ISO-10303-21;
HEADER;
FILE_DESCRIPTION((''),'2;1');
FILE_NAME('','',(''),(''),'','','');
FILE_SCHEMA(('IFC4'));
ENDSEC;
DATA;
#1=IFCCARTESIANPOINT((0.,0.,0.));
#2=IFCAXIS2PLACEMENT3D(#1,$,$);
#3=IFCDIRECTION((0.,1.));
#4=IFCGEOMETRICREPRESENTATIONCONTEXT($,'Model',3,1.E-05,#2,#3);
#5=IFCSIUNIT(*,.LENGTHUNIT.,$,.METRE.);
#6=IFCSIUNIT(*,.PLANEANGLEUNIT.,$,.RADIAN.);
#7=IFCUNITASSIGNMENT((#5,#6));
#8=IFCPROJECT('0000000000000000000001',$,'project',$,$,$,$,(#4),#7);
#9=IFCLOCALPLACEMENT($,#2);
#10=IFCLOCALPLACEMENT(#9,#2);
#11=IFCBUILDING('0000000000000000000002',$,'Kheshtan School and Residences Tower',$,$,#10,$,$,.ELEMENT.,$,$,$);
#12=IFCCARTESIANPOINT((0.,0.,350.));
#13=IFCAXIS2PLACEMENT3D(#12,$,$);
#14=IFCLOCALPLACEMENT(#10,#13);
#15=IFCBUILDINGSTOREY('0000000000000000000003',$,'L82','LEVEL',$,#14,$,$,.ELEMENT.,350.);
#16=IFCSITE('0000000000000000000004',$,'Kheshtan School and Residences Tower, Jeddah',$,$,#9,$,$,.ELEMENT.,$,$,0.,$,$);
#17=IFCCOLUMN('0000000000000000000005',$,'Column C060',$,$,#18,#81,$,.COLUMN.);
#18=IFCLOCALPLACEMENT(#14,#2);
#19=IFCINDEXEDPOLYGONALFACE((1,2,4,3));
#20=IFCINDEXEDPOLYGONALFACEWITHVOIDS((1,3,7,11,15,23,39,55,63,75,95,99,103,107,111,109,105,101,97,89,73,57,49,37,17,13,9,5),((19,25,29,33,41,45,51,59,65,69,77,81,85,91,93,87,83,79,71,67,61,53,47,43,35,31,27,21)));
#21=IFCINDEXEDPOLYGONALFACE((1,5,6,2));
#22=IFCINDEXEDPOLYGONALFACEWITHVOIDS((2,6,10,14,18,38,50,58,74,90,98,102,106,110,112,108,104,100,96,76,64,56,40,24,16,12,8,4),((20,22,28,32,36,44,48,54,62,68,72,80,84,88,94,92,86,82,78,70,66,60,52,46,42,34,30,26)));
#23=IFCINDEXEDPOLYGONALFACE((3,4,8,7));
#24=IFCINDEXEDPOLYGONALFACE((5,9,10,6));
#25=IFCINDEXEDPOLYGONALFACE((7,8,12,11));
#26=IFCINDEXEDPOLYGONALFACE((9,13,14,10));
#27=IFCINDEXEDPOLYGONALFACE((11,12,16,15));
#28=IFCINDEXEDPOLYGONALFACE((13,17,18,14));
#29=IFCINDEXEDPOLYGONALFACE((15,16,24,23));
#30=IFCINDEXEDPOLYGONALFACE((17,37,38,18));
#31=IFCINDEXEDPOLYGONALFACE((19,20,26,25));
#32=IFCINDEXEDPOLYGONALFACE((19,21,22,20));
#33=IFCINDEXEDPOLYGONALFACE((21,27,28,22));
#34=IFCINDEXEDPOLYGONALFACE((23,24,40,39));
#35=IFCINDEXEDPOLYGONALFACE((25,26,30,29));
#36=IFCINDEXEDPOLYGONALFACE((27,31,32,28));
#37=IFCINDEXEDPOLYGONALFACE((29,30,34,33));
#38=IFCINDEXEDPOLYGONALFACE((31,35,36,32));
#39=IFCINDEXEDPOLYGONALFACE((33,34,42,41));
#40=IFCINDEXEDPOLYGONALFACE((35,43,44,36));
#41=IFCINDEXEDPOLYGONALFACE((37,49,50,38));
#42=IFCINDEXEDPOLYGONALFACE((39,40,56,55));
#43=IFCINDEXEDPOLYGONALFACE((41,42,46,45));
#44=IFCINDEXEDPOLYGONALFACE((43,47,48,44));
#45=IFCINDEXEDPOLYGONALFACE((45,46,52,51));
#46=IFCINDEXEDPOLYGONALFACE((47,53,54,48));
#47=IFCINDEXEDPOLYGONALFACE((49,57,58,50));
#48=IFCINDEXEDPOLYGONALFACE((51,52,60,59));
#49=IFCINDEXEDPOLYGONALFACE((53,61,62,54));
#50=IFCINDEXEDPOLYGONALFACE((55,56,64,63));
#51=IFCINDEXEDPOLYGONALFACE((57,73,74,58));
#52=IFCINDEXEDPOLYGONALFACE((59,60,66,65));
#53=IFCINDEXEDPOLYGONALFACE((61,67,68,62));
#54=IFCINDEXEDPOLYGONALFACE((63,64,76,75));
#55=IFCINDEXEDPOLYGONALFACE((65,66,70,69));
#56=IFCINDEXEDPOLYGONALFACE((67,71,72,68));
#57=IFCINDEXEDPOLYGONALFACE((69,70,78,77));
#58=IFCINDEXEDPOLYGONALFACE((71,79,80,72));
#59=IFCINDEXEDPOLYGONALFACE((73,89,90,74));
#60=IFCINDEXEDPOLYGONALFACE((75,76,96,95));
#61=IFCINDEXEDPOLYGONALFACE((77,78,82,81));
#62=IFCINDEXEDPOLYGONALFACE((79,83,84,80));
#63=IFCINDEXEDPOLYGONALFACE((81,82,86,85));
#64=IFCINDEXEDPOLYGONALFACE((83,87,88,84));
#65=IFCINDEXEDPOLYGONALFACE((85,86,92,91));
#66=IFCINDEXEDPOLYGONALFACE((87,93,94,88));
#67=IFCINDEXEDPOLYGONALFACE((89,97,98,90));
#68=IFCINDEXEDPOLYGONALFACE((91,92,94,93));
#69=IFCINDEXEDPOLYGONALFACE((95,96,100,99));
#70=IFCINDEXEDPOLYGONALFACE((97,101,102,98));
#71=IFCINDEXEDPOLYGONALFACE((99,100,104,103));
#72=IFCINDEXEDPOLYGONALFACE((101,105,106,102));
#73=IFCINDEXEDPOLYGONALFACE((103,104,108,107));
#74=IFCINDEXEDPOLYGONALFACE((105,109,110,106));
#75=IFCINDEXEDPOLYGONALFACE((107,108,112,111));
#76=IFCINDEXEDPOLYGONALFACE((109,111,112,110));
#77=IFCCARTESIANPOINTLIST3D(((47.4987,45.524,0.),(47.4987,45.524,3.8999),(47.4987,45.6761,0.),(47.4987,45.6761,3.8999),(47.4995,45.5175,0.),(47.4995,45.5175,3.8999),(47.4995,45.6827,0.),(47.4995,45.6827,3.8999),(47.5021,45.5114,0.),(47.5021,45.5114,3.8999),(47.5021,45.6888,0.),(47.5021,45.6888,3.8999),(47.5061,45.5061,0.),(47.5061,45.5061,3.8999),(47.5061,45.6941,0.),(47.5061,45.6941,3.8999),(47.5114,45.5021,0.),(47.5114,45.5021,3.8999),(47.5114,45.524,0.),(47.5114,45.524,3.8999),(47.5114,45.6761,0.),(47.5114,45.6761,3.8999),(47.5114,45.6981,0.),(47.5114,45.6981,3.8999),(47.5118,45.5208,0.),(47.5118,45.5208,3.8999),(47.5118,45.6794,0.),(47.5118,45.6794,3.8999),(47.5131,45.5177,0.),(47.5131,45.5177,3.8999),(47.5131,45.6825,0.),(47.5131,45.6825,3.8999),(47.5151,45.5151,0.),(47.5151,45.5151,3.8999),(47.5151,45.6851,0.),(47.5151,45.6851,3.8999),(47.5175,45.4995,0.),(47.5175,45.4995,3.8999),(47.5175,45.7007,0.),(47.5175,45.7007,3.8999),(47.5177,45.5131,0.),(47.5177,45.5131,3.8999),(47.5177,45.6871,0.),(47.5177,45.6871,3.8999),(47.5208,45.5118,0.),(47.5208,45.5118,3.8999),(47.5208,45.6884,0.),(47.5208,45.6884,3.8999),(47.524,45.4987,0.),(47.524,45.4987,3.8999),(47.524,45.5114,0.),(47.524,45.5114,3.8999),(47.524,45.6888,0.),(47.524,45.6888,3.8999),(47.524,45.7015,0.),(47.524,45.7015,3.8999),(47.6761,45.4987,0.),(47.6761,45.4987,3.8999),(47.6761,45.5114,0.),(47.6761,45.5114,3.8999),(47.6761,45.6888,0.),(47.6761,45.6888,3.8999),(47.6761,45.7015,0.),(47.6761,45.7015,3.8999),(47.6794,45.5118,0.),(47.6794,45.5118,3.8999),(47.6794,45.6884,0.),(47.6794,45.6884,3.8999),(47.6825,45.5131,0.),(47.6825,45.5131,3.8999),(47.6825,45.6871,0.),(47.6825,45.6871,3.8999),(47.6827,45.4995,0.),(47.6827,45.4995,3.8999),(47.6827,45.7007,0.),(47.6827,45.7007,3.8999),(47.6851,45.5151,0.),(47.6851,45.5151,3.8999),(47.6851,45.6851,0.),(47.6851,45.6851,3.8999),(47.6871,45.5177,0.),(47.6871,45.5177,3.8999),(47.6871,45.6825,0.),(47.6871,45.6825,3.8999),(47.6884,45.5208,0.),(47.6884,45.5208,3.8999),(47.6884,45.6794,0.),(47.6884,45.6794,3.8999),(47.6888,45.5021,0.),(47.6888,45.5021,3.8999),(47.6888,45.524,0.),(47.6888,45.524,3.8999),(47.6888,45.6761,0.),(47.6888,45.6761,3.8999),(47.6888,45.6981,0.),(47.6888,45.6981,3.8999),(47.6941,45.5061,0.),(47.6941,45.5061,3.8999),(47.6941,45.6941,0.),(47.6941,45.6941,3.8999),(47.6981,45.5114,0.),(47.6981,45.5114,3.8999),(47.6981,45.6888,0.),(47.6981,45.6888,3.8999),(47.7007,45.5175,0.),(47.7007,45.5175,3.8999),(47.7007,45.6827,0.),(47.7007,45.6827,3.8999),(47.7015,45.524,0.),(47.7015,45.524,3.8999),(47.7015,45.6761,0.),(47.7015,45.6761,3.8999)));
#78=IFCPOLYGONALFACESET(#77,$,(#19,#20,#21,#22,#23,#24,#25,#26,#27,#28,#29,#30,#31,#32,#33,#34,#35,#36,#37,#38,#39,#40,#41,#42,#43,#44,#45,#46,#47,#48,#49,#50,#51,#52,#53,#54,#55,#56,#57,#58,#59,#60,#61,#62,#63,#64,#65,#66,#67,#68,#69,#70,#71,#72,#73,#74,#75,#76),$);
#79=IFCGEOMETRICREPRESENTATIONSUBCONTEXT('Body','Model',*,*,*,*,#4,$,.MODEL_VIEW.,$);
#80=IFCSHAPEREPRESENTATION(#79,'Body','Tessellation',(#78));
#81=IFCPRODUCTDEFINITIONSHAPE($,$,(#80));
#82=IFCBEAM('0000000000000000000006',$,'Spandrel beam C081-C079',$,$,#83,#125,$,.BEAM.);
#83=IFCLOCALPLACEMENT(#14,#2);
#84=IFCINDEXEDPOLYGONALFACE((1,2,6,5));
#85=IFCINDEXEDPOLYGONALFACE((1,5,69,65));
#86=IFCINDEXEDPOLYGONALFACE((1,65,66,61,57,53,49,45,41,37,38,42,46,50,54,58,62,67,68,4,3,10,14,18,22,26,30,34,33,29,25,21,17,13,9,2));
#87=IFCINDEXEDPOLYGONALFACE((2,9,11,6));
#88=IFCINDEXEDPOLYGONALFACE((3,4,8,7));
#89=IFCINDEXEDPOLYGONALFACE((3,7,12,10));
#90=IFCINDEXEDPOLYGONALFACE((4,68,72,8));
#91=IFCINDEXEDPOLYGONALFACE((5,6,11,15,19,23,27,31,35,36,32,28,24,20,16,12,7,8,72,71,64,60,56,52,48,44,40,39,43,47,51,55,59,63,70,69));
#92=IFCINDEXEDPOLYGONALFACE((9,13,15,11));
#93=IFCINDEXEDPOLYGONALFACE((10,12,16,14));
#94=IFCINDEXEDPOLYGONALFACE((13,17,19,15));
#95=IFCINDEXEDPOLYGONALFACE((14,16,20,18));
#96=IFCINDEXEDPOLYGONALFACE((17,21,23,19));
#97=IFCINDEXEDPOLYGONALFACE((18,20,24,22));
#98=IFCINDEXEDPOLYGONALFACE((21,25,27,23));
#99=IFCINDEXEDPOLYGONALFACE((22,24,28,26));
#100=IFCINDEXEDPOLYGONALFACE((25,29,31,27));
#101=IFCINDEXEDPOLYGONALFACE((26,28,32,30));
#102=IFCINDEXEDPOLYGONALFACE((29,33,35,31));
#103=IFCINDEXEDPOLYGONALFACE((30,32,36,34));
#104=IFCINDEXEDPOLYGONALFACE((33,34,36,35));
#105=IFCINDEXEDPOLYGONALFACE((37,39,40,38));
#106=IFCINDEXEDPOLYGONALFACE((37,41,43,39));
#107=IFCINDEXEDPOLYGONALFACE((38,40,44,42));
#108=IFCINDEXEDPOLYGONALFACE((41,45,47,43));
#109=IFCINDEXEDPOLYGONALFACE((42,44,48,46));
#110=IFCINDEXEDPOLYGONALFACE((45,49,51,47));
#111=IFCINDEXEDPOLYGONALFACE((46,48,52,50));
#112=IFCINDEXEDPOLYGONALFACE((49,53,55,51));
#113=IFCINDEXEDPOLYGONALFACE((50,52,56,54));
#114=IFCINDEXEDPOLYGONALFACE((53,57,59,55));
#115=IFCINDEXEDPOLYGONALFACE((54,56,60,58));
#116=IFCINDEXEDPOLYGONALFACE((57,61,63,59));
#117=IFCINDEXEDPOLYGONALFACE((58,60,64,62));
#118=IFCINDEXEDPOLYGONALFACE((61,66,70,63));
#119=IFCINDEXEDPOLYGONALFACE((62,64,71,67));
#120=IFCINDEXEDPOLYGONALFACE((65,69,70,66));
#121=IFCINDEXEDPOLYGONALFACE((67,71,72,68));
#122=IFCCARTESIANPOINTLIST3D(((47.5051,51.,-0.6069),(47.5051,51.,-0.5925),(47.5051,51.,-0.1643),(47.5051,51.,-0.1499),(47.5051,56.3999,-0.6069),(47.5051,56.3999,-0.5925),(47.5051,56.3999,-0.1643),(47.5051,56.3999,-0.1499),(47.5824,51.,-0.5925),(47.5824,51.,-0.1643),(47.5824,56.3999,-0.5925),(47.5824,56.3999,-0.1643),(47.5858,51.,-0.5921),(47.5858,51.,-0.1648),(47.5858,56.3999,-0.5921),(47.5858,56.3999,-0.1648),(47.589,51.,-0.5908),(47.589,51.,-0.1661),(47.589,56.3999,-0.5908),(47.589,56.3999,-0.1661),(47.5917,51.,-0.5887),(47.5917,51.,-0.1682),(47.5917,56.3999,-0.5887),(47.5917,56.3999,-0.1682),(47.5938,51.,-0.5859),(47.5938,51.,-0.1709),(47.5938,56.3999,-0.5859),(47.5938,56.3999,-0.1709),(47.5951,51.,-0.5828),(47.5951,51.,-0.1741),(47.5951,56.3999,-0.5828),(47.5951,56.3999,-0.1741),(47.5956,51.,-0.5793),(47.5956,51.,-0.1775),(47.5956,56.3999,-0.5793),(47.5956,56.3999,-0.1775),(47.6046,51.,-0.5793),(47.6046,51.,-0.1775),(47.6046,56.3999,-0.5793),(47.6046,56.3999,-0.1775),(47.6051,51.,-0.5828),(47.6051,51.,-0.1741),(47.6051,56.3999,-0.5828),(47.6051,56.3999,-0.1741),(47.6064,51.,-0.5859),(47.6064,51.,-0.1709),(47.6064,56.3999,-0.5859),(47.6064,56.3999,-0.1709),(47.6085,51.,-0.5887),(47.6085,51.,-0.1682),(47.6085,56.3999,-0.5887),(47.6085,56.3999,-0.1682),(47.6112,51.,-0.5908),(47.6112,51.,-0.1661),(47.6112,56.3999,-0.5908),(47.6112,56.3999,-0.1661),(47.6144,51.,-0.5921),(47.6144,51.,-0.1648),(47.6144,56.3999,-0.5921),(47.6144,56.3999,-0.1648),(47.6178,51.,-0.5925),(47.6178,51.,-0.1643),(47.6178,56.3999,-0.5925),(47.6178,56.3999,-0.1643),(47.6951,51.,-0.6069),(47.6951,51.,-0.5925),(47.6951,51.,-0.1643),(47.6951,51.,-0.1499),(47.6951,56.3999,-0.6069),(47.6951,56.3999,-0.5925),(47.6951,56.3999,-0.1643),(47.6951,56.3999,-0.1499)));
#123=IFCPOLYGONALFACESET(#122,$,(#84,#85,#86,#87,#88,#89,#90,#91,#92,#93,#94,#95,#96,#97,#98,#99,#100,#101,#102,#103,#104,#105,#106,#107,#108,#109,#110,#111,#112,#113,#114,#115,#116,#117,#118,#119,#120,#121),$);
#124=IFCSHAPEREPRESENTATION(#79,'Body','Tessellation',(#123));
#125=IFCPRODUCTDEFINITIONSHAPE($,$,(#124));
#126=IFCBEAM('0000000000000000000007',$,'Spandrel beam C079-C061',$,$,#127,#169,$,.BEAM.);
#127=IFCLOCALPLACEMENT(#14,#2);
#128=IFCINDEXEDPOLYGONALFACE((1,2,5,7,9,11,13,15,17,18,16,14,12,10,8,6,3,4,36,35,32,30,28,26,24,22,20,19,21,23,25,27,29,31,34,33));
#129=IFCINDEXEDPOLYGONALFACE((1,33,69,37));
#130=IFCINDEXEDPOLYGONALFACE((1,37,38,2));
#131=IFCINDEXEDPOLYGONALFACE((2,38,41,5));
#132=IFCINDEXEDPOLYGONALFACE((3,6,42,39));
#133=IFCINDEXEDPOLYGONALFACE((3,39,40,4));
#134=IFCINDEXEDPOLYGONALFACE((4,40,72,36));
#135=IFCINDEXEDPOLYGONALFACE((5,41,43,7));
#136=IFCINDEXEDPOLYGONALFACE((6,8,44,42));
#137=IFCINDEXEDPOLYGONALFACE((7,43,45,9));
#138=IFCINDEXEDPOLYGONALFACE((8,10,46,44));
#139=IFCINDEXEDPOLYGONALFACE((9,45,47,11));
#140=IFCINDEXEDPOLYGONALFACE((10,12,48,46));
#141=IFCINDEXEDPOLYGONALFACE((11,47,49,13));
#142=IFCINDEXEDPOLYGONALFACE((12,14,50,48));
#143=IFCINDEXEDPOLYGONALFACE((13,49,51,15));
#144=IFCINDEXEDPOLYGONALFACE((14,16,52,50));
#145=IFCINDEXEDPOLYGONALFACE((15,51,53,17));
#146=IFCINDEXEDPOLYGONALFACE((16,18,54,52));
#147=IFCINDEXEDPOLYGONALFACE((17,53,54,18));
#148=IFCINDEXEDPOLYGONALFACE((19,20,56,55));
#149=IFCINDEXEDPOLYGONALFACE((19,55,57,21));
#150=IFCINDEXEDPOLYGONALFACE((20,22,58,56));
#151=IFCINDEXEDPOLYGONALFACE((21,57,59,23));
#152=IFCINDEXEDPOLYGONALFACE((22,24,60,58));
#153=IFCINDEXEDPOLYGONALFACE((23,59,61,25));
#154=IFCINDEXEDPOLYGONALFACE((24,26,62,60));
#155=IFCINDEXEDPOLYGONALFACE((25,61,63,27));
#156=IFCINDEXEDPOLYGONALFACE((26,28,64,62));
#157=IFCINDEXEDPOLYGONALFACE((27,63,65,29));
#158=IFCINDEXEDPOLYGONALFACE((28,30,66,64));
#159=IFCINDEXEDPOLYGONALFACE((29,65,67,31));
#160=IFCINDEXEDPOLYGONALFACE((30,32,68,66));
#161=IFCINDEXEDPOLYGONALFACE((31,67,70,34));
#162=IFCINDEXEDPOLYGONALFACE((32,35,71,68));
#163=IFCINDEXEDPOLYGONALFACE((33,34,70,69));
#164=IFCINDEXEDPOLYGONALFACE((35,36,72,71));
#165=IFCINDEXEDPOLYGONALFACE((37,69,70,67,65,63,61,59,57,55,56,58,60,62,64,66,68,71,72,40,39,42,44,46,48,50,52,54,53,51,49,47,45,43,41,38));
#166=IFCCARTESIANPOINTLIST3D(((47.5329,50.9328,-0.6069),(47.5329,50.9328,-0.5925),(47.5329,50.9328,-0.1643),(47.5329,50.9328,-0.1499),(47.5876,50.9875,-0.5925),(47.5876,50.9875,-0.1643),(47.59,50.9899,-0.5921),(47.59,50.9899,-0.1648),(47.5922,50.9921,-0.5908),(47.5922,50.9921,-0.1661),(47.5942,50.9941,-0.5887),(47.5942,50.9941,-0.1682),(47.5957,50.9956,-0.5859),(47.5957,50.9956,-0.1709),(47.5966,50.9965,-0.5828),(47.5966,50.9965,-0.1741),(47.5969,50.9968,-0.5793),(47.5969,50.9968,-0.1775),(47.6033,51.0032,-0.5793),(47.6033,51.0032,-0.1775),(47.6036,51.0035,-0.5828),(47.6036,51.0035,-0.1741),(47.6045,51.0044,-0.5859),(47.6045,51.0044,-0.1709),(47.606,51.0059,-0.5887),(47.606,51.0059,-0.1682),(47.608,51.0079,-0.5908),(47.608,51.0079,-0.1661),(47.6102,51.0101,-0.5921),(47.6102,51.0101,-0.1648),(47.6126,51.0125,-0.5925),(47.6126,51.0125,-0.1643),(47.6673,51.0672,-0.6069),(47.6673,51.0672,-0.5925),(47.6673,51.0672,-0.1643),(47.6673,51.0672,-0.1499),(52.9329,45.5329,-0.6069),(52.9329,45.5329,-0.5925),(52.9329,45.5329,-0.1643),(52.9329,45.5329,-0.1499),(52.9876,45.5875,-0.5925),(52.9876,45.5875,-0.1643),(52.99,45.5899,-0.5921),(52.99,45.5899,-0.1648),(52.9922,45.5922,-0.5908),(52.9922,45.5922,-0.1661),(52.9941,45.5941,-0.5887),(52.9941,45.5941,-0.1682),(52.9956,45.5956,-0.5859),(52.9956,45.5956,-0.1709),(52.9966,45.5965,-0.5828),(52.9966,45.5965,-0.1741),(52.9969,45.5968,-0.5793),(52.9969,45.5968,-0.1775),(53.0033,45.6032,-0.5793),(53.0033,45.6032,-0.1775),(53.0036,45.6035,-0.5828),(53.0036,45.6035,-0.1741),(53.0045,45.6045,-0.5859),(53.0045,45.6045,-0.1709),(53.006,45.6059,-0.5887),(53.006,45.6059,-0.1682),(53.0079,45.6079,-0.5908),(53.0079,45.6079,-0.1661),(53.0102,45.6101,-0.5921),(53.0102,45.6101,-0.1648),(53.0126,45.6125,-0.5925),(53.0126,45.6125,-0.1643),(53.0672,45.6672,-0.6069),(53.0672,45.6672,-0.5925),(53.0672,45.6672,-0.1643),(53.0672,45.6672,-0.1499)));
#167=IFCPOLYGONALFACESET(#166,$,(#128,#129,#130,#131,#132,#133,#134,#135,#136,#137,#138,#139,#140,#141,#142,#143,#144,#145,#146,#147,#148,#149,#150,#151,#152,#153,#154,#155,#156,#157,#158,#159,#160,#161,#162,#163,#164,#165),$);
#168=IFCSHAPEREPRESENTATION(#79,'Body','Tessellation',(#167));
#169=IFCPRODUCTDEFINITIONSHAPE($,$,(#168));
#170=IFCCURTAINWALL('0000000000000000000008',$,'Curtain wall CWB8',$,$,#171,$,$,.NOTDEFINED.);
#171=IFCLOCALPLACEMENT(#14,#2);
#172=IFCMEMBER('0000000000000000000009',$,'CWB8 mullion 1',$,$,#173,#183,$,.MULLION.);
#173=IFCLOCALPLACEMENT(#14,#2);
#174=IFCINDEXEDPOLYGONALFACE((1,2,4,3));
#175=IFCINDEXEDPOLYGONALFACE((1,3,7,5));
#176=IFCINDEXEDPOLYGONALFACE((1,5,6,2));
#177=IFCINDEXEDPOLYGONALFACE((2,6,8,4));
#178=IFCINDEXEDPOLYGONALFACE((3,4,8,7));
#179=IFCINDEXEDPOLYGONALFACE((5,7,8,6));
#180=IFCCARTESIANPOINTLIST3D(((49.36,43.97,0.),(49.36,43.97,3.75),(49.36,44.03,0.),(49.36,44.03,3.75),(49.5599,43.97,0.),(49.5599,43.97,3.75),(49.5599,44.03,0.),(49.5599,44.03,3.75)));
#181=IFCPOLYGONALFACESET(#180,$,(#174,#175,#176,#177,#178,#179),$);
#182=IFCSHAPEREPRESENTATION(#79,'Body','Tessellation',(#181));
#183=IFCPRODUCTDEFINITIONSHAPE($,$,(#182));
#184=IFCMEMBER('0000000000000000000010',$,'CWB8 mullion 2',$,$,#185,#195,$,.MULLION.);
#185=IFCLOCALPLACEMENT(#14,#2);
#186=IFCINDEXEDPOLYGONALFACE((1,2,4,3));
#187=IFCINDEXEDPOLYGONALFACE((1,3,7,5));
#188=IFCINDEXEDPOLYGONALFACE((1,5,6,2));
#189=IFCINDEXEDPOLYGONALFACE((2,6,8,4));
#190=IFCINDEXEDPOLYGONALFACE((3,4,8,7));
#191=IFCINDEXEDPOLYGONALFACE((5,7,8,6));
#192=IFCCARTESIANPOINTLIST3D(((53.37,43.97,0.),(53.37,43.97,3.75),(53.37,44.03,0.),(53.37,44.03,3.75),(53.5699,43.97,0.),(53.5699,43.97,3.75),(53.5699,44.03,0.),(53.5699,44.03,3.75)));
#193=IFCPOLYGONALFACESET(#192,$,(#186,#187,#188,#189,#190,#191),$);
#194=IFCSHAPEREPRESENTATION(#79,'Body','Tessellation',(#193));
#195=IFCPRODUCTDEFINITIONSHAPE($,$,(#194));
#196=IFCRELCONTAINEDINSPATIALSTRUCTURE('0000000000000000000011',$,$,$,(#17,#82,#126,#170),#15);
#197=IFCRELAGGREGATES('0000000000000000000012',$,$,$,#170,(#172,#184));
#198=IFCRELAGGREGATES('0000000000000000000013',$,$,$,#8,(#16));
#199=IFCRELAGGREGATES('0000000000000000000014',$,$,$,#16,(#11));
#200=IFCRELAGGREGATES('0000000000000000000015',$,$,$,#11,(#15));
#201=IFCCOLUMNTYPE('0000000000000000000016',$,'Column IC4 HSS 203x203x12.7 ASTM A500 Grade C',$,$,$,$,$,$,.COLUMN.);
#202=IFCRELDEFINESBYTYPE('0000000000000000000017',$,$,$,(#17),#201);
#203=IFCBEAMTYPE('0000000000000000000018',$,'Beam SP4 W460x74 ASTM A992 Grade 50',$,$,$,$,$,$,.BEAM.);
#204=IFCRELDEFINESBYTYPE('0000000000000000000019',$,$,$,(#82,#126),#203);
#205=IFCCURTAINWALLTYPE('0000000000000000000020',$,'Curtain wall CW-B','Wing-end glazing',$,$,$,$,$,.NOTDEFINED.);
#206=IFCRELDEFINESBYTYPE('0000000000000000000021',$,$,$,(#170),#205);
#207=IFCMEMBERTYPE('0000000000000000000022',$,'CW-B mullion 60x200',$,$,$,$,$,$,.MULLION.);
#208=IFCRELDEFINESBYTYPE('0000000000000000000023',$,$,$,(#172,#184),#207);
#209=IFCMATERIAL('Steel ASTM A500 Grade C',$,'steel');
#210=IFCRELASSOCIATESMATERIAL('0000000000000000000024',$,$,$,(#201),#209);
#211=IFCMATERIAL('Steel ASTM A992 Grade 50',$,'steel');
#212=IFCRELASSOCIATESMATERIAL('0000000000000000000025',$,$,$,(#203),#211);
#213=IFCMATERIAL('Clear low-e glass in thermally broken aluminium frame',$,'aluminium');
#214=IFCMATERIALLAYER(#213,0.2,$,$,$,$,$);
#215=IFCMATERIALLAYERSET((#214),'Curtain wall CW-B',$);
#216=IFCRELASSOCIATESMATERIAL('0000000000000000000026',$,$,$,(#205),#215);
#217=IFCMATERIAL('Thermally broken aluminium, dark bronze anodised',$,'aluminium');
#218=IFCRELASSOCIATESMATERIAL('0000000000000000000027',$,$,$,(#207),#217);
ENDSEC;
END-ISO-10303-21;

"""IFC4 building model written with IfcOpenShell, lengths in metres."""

from ifc_helpers import new_model, si_unit, direction, frame, origin, origin_2d, place, context, subcontext, project, spatial, rectangle, hollow_rectangle, i_section, extrude, material, layer, layer_set, material_profile, profile_set, type_object, element, aggregate, save


model = new_model("IFC4")

# Units and contexts
model_context = context("Model", 3, precision=1e-05, world=origin(), true_north=direction((0.0, 1.0)))
body_context = subcontext(model_context, "Body", "Model", "MODEL_VIEW")
ifc_project = project(units=[si_unit("LENGTHUNIT", "METRE"), si_unit("PLANEANGLEUNIT", "RADIAN")], contexts=[model_context])

# Site, building, storey
site_placement = place(None, origin())
site = spatial("IfcSite", under=ifc_project, at=site_placement, Name="Kheshtan School and Residences Tower, Jeddah", CompositionType="ELEMENT", RefElevation=0.0)
building_placement = place(site_placement, origin())
building = spatial("IfcBuilding", under=site, at=building_placement, Name="Kheshtan School and Residences Tower", CompositionType="ELEMENT")
storey_placement = place(building_placement, frame((0.0, 0.0, 350.0)))
storey = spatial("IfcBuildingStorey", under=building, at=storey_placement, Name="L82", Description="LEVEL", CompositionType="ELEMENT", Elevation=350.0)

# Column
ifc_material_1 = material(Name="Steel ASTM A992 Grade 50", Category="steel")
ifc_material_2 = material(Name="Steel ASTM A500 Grade C", Category="steel")
ifc_material_profile_1 = material_profile(ifc_material_2, hollow_rectangle(XDim=0.2029, YDim=0.2029, WallThickness=0.0127, InnerFilletRadius=0.0127, OuterFilletRadius=0.0254, at=origin_2d()), Name="HSS 203x203x12.7")
ifc_profile_set_1 = profile_set([ifc_material_profile_1], Name="Steel ASTM A500 Grade C")
column_type_1 = type_object("IfcColumnType", Name="Column IC4 HSS 203x203x12.7 ASTM A500 Grade C", PredefinedType="COLUMN", material=ifc_profile_set_1)
column_placement = place(storey_placement, frame((47.6001, 45.6001, 0.0), z_axis=(0.0, 0.0, 1.0), x_axis=(1.0, 0.0, 0.0)))
element("IfcColumn", 1, at=column_placement, inside=storey, type_object=column_type_1, Name="Column C060", PredefinedType="COLUMN", context=body_context, shape_type="SweptSolid", body=[
    extrude(hollow_rectangle(XDim=0.2029, YDim=0.2029, WallThickness=0.0127, InnerFilletRadius=0.0127, OuterFilletRadius=0.0254, at=origin_2d()), origin(), (0.0, 0.0, 1.0), 3.8999),
])

# Beams
ifc_material_profile_2 = material_profile(ifc_material_1, i_section(OverallWidth=0.1899, OverallDepth=0.457, WebThickness=0.009, FlangeThickness=0.0144, FilletRadius=0.0132, at=origin_2d()), Name="W460x74")
ifc_profile_set_2 = profile_set([ifc_material_profile_2], Name="Steel ASTM A992 Grade 50")
beam_type_1 = type_object("IfcBeamType", Name="Beam SP4 W460x74 ASTM A992 Grade 50", PredefinedType="BEAM", material=ifc_profile_set_2)
beam_1_placement = place(storey_placement, frame((47.6001, 56.3999, -0.3784), z_axis=(0.0, -1.0, 0.0), x_axis=(1.0, 0.0, 0.0)))
element("IfcBeam", 2, at=beam_1_placement, inside=storey, type_object=beam_type_1, Name="Spandrel beam C081-C079", PredefinedType="BEAM", context=body_context, shape_type="SweptSolid", body=[
    extrude(i_section(OverallWidth=0.1899, OverallDepth=0.457, WebThickness=0.009, FlangeThickness=0.0144, FilletRadius=0.0132, at=origin_2d()), origin(), (0.0, 0.0, 1.0), 5.3999),
])
beam_2_placement = place(storey_placement, frame((47.6001, 51.0, -0.3784), z_axis=(0.707107, -0.707107, 0.0), x_axis=(0.707107, 0.707107, 0.0)))
element("IfcBeam", 3, at=beam_2_placement, inside=storey, type_object=beam_type_1, Name="Spandrel beam C079-C061", PredefinedType="BEAM", context=body_context, shape_type="SweptSolid", body=[
    extrude(i_section(OverallWidth=0.1899, OverallDepth=0.457, WebThickness=0.009, FlangeThickness=0.0144, FilletRadius=0.0132, at=origin_2d()), origin(), (0.0, 0.0, 1.0), 7.6367),
])

# Curtain wall, members
ifc_material_3 = material(Name="Clear low-e glass in thermally broken aluminium frame", Category="aluminium")
ifc_layer_1 = layer(ifc_material_3, 0.2)
ifc_layer_set_1 = layer_set([ifc_layer_1], Name="Curtain wall CW-B")
curtain_wall_type_1 = type_object("IfcCurtainWallType", Name="Curtain wall CW-B", Description="Wing-end glazing", PredefinedType="NOTDEFINED", material=ifc_layer_set_1)
curtain_wall_1_placement = place(storey_placement, origin())
curtain_wall_1 = element("IfcCurtainWall", 4, at=curtain_wall_1_placement, inside=storey, type_object=curtain_wall_type_1, Name="Curtain wall CWB8", PredefinedType="NOTDEFINED")
ifc_material_4 = material(Name="Thermally broken aluminium, dark bronze anodised", Category="aluminium")
ifc_material_profile_3 = material_profile(ifc_material_4, rectangle(XDim=0.0601, YDim=0.2, at=origin_2d()), Name="CW-B mullion 60x200")
ifc_profile_set_3 = profile_set([ifc_material_profile_3], Name="Thermally broken aluminium, dark bronze anodised")
member_type_1 = type_object("IfcMemberType", Name="CW-B mullion 60x200", PredefinedType="MULLION", material=ifc_profile_set_3)
member_1_placement = place(storey_placement, frame((49.46, 44.0, 0.0), z_axis=(0.0, 0.0, 1.0), x_axis=(0.0, 1.0, 0.0)))
member_1 = element("IfcMember", 5, at=member_1_placement, type_object=member_type_1, Name="CWB8 mullion 1", PredefinedType="MULLION", context=body_context, shape_type="SweptSolid", body=[
    extrude(rectangle(XDim=0.0601, YDim=0.2, at=origin_2d()), origin(), (0.0, 0.0, 1.0), 3.75),
])
member_2_placement = place(storey_placement, frame((53.47, 44.0, 0.0), z_axis=(0.0, 0.0, 1.0), x_axis=(0.0, 1.0, 0.0)))
member_2 = element("IfcMember", 6, at=member_2_placement, type_object=member_type_1, Name="CWB8 mullion 2", PredefinedType="MULLION", context=body_context, shape_type="SweptSolid", body=[
    extrude(rectangle(XDim=0.0601, YDim=0.2, at=origin_2d()), origin(), (0.0, 0.0, 1.0), 3.75),
])

aggregate(curtain_wall_1, [member_1, member_2])

save(model, "model.ifc")
